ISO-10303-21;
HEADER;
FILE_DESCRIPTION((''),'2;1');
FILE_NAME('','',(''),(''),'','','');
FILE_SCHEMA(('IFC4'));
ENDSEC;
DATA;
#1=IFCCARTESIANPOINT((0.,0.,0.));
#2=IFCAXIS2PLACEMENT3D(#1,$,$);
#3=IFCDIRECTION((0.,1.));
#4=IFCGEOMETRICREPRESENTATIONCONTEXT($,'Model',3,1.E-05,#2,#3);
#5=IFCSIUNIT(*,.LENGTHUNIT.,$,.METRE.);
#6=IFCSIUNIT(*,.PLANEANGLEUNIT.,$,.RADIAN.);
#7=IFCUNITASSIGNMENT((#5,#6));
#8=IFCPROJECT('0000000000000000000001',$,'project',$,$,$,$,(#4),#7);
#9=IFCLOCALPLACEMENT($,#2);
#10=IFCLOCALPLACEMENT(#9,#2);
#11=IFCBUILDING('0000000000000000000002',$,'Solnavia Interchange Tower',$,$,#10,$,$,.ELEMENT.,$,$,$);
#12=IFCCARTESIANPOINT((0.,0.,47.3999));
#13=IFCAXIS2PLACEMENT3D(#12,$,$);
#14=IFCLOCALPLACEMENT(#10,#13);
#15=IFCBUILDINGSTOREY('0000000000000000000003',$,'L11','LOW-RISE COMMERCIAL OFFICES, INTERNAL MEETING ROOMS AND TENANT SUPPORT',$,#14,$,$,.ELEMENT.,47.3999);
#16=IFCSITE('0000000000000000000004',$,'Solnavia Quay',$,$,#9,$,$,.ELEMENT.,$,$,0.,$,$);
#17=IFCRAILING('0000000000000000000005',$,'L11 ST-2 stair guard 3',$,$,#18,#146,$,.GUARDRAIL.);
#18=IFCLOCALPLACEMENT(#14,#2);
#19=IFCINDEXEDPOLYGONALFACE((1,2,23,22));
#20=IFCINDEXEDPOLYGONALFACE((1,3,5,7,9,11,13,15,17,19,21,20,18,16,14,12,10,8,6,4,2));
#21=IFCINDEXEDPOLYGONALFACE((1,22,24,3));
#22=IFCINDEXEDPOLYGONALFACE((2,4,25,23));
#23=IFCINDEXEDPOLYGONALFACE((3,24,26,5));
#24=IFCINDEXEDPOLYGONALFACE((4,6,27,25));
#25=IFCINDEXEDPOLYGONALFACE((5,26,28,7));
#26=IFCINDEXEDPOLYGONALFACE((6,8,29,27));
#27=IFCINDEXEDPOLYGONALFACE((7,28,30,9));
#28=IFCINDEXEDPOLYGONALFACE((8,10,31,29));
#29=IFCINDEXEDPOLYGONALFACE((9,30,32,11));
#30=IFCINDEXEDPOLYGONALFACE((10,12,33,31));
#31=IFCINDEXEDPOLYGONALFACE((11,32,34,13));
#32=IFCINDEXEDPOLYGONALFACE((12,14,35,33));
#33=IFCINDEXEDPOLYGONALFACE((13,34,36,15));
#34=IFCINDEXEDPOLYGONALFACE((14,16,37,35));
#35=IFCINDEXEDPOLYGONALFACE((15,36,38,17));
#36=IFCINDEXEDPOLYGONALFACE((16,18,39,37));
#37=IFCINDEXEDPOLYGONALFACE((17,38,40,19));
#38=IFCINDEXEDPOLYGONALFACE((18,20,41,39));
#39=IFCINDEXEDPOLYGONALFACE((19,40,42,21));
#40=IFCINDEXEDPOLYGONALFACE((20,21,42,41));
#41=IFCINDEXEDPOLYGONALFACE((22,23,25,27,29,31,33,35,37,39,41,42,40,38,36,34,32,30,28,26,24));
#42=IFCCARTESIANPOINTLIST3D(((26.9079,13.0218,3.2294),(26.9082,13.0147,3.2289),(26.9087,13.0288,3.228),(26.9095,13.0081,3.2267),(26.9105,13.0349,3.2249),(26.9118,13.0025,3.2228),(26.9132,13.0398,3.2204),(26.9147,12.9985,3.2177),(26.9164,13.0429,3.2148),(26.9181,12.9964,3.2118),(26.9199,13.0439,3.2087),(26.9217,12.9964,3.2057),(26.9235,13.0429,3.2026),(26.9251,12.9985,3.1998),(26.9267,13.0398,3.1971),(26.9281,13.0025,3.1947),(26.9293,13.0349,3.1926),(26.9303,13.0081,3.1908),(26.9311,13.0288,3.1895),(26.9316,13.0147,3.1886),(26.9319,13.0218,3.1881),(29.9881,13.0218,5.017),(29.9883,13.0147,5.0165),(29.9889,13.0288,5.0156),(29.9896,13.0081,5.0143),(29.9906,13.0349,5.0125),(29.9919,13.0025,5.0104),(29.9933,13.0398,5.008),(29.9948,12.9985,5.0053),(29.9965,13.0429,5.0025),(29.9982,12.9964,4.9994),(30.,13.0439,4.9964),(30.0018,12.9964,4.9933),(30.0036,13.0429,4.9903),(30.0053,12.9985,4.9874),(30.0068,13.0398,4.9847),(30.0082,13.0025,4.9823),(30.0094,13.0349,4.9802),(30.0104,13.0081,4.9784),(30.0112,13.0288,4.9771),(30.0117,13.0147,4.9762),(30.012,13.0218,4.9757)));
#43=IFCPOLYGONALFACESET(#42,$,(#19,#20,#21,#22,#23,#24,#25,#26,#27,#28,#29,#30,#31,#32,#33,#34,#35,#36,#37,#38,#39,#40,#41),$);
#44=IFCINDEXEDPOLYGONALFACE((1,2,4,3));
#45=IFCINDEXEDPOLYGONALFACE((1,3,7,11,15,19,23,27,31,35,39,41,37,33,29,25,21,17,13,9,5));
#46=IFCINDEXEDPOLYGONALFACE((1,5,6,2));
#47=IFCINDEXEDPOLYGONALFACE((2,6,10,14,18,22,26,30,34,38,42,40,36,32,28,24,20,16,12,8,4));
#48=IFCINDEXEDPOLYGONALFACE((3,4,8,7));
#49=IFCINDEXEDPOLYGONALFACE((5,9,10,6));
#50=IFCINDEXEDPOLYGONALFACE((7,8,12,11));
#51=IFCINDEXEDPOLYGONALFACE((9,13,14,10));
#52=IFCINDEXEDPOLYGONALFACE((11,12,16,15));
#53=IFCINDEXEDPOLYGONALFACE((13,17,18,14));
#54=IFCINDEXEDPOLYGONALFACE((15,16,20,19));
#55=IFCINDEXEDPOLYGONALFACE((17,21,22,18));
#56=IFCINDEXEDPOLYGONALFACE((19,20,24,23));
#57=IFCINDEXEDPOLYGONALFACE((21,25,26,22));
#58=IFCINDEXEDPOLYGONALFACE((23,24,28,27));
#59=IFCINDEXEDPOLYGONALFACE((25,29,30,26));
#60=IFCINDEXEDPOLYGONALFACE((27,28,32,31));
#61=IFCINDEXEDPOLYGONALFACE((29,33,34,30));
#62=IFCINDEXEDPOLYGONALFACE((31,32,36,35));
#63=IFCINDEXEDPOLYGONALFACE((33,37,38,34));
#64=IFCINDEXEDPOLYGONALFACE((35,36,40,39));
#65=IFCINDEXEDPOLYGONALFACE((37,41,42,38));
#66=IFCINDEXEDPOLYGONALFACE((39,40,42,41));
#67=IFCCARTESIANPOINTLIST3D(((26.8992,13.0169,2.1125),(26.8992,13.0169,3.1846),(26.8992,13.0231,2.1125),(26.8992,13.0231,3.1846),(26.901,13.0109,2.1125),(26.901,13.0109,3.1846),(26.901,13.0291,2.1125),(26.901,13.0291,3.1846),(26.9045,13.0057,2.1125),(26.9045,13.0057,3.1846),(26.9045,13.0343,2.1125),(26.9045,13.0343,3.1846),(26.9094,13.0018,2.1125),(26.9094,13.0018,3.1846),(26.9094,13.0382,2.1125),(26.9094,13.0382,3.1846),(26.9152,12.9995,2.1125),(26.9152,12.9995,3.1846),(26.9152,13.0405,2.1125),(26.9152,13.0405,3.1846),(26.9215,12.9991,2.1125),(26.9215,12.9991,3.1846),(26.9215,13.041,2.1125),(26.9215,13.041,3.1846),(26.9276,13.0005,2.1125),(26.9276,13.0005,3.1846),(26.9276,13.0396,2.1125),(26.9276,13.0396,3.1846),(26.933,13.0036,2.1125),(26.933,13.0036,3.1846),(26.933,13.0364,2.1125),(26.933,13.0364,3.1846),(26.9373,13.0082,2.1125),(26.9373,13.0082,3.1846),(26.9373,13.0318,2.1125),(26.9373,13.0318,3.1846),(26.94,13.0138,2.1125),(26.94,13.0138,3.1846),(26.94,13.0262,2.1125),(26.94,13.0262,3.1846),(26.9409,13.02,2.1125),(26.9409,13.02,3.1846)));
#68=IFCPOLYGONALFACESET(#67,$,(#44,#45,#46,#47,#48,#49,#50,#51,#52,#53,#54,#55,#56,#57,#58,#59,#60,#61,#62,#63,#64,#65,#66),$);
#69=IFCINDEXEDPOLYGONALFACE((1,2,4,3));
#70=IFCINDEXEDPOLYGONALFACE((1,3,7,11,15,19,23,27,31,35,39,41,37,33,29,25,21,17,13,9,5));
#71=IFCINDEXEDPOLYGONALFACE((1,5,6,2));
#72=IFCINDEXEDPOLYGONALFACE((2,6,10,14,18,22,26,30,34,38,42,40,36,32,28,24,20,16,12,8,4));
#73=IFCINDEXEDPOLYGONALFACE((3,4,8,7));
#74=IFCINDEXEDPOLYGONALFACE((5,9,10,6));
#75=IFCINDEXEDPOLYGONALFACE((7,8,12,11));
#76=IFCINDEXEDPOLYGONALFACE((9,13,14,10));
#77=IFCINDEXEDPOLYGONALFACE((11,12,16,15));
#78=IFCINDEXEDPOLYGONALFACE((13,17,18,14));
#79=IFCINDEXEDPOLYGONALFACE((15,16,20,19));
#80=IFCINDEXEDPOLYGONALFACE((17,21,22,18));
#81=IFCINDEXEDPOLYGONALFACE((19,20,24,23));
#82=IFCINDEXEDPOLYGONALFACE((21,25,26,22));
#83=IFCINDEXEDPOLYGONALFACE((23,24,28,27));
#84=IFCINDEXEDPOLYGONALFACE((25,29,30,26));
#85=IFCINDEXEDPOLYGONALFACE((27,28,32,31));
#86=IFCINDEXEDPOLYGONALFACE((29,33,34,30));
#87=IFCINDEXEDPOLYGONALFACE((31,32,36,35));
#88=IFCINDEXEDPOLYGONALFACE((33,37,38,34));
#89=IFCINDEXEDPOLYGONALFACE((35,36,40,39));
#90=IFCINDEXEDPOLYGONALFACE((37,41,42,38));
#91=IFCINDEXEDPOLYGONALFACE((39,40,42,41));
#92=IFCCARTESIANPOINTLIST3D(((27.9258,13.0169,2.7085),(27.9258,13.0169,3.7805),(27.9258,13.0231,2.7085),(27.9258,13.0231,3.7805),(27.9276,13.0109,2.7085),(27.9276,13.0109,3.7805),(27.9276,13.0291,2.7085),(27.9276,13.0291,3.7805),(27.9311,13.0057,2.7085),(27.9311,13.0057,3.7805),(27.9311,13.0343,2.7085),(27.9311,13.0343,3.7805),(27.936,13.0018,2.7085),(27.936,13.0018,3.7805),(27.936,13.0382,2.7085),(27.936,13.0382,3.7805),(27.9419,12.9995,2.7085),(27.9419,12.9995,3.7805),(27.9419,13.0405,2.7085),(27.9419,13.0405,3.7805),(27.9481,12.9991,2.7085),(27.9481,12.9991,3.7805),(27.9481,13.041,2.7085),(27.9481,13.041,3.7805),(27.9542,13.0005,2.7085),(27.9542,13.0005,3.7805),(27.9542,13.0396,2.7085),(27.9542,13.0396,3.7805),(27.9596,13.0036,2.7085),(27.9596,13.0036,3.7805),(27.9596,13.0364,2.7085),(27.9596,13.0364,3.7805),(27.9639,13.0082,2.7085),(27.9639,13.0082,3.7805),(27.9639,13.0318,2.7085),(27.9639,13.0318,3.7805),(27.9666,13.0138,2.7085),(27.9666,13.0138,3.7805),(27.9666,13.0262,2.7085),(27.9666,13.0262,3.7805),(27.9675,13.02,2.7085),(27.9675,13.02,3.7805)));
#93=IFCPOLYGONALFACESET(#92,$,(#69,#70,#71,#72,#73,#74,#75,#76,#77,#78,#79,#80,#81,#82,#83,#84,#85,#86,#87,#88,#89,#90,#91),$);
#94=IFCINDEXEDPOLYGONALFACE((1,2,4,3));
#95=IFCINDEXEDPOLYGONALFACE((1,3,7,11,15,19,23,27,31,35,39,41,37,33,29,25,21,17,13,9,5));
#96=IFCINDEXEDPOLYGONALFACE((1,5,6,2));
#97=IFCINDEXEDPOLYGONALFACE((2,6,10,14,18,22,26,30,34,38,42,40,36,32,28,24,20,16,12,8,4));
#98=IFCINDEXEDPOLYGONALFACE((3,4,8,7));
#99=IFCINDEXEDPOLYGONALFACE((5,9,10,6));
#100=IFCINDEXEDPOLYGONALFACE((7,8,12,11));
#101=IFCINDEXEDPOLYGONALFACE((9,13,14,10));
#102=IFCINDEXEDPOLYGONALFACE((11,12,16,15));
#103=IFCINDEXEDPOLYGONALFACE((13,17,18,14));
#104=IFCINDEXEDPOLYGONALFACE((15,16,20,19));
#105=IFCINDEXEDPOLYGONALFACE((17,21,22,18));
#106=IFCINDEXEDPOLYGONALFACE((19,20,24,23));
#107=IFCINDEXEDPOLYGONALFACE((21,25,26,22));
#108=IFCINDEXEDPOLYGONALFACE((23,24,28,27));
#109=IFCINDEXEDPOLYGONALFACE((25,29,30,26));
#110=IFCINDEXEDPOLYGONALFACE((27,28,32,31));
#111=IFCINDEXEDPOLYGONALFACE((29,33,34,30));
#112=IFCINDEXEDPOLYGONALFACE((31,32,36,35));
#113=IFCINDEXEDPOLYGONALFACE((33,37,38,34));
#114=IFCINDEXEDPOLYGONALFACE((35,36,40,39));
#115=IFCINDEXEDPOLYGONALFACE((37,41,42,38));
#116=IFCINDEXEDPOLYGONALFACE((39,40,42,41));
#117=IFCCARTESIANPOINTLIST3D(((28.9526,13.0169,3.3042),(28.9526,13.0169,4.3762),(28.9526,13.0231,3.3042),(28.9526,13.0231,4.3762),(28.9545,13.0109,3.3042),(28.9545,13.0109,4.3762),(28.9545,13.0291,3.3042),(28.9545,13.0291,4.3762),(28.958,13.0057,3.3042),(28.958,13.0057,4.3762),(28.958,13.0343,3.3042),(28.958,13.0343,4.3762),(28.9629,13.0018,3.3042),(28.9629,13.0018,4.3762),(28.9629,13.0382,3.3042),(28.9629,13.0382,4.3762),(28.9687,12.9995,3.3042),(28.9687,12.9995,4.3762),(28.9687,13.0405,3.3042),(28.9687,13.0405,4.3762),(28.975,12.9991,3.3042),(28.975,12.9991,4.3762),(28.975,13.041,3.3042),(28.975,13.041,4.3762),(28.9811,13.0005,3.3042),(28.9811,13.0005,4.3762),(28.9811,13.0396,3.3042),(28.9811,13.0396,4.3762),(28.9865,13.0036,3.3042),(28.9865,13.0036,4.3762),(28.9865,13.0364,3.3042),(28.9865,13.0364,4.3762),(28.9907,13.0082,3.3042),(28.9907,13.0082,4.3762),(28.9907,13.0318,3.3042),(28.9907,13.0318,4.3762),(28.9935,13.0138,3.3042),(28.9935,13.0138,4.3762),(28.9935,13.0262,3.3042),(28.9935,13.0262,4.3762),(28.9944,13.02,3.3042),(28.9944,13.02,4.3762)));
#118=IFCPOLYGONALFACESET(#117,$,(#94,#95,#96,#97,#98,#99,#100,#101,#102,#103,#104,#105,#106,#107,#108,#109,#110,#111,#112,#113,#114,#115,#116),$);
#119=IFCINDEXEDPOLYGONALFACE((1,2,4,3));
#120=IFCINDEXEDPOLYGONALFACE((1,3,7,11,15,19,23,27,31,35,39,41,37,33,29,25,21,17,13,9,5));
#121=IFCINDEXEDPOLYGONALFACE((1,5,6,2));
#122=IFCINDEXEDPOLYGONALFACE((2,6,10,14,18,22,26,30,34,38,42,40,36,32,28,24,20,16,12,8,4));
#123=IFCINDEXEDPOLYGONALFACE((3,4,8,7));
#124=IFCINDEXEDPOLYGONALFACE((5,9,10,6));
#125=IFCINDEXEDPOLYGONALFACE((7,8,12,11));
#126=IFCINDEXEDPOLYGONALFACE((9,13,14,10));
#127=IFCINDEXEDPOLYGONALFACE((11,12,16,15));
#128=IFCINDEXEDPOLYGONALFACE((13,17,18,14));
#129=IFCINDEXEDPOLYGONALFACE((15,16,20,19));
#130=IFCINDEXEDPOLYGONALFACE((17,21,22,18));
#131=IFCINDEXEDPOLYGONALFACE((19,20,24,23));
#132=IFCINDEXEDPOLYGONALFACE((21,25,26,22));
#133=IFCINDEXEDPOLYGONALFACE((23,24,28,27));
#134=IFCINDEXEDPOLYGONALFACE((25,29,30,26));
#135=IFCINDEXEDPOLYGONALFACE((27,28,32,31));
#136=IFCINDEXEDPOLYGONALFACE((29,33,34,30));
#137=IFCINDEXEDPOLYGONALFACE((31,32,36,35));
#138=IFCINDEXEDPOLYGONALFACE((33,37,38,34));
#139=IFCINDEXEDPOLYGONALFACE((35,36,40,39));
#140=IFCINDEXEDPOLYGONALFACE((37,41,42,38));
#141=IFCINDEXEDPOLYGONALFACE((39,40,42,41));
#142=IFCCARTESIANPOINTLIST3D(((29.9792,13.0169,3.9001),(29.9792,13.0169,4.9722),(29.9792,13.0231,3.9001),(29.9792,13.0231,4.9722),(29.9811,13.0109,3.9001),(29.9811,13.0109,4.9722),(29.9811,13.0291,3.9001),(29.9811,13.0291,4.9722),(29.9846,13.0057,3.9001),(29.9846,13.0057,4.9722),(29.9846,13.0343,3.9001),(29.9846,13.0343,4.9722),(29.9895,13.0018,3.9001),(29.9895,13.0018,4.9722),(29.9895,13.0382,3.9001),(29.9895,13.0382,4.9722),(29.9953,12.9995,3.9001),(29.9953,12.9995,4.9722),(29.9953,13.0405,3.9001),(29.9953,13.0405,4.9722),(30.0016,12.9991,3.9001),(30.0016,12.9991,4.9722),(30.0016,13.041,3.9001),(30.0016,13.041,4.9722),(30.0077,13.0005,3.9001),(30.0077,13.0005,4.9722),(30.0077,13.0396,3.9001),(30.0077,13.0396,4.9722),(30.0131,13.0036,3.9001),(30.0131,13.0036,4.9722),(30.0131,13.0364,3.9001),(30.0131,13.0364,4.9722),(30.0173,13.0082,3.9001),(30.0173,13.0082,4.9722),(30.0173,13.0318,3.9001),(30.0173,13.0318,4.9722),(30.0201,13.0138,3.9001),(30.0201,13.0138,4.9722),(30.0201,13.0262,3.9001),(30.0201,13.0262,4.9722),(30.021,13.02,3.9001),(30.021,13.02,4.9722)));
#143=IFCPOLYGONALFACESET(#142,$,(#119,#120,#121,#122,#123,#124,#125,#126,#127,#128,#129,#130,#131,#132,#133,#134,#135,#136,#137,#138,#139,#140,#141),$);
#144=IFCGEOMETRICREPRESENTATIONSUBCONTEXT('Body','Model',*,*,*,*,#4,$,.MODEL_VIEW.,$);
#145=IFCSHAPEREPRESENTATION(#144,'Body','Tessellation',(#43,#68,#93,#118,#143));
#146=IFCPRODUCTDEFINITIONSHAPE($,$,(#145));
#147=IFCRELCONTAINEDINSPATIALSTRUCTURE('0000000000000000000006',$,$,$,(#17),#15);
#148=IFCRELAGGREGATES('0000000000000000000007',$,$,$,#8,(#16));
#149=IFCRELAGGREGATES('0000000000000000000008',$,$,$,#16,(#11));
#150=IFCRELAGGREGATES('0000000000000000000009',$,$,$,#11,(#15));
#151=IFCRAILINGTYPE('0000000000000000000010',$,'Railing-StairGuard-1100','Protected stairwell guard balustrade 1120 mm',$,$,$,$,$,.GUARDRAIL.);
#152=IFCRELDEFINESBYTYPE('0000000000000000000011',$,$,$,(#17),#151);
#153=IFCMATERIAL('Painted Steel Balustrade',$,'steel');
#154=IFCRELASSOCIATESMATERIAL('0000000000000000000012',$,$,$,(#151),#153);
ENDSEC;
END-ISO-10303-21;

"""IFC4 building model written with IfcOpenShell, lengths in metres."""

from ifc_helpers import new_model, si_unit, direction, frame, origin, origin_2d, place, context, subcontext, project, spatial, circle, extrude, material, type_object, element, save


model = new_model("IFC4")

# Units and contexts
model_context = context("Model", 3, precision=1e-05, world=origin(), true_north=direction((0.0, 1.0)))
body_context = subcontext(model_context, "Body", "Model", "MODEL_VIEW")
ifc_project = project(units=[si_unit("LENGTHUNIT", "METRE"), si_unit("PLANEANGLEUNIT", "RADIAN")], contexts=[model_context])

# Site, building, storey
site_placement = place(None, origin())
site = spatial("IfcSite", under=ifc_project, at=site_placement, Name="Solnavia Quay", CompositionType="ELEMENT", RefElevation=0.0)
building_placement = place(site_placement, origin())
building = spatial("IfcBuilding", under=site, at=building_placement, Name="Solnavia Interchange Tower", CompositionType="ELEMENT")
storey_placement = place(building_placement, frame((0.0, 0.0, 47.3999)))
storey = spatial("IfcBuildingStorey", under=building, at=storey_placement, Name="L11", Description="LOW-RISE COMMERCIAL OFFICES, INTERNAL MEETING ROOMS AND TENANT SUPPORT", CompositionType="ELEMENT", Elevation=47.3999)

# Railing
ifc_material_1 = material(Name="Painted Steel Balustrade", Category="steel")
railing_type_1 = type_object("IfcRailingType", Name="Railing-StairGuard-1100", Description="Protected stairwell guard balustrade 1120 mm", PredefinedType="GUARDRAIL", material=ifc_material_1)
railing_1_placement = place(storey_placement, frame((26.9199, 13.02, 2.1125)))
element("IfcRailing", 1, at=railing_1_placement, inside=storey, type_object=railing_type_1, Name="L11 ST-2 stair guard 3", PredefinedType="GUARDRAIL", context=body_context, shape_type="SweptSolid", body=[
    extrude(circle(Radius=0.0239, at=origin_2d()), frame((0.0, 0.0, 1.0962), z_axis=(0.864891, 0.0, 0.50196), x_axis=(0.0, 1.0, 0.0)), (0.0, 0.0, 1.0), 3.5613),
    extrude(circle(Radius=0.021, at=origin_2d()), origin(), (0.0, 0.0, 1.0), 1.072),
    extrude(circle(Radius=0.021, at=origin_2d()), frame((1.0266, 0.0, 0.5959)), (0.0, 0.0, 1.0), 1.072),
    extrude(circle(Radius=0.021, at=origin_2d()), frame((2.0535, 0.0, 1.1917)), (0.0, 0.0, 1.0), 1.072),
    extrude(circle(Radius=0.021, at=origin_2d()), frame((3.0801, 0.0, 1.7876)), (0.0, 0.0, 1.0), 1.072),
])

save(model, "model.ifc")
